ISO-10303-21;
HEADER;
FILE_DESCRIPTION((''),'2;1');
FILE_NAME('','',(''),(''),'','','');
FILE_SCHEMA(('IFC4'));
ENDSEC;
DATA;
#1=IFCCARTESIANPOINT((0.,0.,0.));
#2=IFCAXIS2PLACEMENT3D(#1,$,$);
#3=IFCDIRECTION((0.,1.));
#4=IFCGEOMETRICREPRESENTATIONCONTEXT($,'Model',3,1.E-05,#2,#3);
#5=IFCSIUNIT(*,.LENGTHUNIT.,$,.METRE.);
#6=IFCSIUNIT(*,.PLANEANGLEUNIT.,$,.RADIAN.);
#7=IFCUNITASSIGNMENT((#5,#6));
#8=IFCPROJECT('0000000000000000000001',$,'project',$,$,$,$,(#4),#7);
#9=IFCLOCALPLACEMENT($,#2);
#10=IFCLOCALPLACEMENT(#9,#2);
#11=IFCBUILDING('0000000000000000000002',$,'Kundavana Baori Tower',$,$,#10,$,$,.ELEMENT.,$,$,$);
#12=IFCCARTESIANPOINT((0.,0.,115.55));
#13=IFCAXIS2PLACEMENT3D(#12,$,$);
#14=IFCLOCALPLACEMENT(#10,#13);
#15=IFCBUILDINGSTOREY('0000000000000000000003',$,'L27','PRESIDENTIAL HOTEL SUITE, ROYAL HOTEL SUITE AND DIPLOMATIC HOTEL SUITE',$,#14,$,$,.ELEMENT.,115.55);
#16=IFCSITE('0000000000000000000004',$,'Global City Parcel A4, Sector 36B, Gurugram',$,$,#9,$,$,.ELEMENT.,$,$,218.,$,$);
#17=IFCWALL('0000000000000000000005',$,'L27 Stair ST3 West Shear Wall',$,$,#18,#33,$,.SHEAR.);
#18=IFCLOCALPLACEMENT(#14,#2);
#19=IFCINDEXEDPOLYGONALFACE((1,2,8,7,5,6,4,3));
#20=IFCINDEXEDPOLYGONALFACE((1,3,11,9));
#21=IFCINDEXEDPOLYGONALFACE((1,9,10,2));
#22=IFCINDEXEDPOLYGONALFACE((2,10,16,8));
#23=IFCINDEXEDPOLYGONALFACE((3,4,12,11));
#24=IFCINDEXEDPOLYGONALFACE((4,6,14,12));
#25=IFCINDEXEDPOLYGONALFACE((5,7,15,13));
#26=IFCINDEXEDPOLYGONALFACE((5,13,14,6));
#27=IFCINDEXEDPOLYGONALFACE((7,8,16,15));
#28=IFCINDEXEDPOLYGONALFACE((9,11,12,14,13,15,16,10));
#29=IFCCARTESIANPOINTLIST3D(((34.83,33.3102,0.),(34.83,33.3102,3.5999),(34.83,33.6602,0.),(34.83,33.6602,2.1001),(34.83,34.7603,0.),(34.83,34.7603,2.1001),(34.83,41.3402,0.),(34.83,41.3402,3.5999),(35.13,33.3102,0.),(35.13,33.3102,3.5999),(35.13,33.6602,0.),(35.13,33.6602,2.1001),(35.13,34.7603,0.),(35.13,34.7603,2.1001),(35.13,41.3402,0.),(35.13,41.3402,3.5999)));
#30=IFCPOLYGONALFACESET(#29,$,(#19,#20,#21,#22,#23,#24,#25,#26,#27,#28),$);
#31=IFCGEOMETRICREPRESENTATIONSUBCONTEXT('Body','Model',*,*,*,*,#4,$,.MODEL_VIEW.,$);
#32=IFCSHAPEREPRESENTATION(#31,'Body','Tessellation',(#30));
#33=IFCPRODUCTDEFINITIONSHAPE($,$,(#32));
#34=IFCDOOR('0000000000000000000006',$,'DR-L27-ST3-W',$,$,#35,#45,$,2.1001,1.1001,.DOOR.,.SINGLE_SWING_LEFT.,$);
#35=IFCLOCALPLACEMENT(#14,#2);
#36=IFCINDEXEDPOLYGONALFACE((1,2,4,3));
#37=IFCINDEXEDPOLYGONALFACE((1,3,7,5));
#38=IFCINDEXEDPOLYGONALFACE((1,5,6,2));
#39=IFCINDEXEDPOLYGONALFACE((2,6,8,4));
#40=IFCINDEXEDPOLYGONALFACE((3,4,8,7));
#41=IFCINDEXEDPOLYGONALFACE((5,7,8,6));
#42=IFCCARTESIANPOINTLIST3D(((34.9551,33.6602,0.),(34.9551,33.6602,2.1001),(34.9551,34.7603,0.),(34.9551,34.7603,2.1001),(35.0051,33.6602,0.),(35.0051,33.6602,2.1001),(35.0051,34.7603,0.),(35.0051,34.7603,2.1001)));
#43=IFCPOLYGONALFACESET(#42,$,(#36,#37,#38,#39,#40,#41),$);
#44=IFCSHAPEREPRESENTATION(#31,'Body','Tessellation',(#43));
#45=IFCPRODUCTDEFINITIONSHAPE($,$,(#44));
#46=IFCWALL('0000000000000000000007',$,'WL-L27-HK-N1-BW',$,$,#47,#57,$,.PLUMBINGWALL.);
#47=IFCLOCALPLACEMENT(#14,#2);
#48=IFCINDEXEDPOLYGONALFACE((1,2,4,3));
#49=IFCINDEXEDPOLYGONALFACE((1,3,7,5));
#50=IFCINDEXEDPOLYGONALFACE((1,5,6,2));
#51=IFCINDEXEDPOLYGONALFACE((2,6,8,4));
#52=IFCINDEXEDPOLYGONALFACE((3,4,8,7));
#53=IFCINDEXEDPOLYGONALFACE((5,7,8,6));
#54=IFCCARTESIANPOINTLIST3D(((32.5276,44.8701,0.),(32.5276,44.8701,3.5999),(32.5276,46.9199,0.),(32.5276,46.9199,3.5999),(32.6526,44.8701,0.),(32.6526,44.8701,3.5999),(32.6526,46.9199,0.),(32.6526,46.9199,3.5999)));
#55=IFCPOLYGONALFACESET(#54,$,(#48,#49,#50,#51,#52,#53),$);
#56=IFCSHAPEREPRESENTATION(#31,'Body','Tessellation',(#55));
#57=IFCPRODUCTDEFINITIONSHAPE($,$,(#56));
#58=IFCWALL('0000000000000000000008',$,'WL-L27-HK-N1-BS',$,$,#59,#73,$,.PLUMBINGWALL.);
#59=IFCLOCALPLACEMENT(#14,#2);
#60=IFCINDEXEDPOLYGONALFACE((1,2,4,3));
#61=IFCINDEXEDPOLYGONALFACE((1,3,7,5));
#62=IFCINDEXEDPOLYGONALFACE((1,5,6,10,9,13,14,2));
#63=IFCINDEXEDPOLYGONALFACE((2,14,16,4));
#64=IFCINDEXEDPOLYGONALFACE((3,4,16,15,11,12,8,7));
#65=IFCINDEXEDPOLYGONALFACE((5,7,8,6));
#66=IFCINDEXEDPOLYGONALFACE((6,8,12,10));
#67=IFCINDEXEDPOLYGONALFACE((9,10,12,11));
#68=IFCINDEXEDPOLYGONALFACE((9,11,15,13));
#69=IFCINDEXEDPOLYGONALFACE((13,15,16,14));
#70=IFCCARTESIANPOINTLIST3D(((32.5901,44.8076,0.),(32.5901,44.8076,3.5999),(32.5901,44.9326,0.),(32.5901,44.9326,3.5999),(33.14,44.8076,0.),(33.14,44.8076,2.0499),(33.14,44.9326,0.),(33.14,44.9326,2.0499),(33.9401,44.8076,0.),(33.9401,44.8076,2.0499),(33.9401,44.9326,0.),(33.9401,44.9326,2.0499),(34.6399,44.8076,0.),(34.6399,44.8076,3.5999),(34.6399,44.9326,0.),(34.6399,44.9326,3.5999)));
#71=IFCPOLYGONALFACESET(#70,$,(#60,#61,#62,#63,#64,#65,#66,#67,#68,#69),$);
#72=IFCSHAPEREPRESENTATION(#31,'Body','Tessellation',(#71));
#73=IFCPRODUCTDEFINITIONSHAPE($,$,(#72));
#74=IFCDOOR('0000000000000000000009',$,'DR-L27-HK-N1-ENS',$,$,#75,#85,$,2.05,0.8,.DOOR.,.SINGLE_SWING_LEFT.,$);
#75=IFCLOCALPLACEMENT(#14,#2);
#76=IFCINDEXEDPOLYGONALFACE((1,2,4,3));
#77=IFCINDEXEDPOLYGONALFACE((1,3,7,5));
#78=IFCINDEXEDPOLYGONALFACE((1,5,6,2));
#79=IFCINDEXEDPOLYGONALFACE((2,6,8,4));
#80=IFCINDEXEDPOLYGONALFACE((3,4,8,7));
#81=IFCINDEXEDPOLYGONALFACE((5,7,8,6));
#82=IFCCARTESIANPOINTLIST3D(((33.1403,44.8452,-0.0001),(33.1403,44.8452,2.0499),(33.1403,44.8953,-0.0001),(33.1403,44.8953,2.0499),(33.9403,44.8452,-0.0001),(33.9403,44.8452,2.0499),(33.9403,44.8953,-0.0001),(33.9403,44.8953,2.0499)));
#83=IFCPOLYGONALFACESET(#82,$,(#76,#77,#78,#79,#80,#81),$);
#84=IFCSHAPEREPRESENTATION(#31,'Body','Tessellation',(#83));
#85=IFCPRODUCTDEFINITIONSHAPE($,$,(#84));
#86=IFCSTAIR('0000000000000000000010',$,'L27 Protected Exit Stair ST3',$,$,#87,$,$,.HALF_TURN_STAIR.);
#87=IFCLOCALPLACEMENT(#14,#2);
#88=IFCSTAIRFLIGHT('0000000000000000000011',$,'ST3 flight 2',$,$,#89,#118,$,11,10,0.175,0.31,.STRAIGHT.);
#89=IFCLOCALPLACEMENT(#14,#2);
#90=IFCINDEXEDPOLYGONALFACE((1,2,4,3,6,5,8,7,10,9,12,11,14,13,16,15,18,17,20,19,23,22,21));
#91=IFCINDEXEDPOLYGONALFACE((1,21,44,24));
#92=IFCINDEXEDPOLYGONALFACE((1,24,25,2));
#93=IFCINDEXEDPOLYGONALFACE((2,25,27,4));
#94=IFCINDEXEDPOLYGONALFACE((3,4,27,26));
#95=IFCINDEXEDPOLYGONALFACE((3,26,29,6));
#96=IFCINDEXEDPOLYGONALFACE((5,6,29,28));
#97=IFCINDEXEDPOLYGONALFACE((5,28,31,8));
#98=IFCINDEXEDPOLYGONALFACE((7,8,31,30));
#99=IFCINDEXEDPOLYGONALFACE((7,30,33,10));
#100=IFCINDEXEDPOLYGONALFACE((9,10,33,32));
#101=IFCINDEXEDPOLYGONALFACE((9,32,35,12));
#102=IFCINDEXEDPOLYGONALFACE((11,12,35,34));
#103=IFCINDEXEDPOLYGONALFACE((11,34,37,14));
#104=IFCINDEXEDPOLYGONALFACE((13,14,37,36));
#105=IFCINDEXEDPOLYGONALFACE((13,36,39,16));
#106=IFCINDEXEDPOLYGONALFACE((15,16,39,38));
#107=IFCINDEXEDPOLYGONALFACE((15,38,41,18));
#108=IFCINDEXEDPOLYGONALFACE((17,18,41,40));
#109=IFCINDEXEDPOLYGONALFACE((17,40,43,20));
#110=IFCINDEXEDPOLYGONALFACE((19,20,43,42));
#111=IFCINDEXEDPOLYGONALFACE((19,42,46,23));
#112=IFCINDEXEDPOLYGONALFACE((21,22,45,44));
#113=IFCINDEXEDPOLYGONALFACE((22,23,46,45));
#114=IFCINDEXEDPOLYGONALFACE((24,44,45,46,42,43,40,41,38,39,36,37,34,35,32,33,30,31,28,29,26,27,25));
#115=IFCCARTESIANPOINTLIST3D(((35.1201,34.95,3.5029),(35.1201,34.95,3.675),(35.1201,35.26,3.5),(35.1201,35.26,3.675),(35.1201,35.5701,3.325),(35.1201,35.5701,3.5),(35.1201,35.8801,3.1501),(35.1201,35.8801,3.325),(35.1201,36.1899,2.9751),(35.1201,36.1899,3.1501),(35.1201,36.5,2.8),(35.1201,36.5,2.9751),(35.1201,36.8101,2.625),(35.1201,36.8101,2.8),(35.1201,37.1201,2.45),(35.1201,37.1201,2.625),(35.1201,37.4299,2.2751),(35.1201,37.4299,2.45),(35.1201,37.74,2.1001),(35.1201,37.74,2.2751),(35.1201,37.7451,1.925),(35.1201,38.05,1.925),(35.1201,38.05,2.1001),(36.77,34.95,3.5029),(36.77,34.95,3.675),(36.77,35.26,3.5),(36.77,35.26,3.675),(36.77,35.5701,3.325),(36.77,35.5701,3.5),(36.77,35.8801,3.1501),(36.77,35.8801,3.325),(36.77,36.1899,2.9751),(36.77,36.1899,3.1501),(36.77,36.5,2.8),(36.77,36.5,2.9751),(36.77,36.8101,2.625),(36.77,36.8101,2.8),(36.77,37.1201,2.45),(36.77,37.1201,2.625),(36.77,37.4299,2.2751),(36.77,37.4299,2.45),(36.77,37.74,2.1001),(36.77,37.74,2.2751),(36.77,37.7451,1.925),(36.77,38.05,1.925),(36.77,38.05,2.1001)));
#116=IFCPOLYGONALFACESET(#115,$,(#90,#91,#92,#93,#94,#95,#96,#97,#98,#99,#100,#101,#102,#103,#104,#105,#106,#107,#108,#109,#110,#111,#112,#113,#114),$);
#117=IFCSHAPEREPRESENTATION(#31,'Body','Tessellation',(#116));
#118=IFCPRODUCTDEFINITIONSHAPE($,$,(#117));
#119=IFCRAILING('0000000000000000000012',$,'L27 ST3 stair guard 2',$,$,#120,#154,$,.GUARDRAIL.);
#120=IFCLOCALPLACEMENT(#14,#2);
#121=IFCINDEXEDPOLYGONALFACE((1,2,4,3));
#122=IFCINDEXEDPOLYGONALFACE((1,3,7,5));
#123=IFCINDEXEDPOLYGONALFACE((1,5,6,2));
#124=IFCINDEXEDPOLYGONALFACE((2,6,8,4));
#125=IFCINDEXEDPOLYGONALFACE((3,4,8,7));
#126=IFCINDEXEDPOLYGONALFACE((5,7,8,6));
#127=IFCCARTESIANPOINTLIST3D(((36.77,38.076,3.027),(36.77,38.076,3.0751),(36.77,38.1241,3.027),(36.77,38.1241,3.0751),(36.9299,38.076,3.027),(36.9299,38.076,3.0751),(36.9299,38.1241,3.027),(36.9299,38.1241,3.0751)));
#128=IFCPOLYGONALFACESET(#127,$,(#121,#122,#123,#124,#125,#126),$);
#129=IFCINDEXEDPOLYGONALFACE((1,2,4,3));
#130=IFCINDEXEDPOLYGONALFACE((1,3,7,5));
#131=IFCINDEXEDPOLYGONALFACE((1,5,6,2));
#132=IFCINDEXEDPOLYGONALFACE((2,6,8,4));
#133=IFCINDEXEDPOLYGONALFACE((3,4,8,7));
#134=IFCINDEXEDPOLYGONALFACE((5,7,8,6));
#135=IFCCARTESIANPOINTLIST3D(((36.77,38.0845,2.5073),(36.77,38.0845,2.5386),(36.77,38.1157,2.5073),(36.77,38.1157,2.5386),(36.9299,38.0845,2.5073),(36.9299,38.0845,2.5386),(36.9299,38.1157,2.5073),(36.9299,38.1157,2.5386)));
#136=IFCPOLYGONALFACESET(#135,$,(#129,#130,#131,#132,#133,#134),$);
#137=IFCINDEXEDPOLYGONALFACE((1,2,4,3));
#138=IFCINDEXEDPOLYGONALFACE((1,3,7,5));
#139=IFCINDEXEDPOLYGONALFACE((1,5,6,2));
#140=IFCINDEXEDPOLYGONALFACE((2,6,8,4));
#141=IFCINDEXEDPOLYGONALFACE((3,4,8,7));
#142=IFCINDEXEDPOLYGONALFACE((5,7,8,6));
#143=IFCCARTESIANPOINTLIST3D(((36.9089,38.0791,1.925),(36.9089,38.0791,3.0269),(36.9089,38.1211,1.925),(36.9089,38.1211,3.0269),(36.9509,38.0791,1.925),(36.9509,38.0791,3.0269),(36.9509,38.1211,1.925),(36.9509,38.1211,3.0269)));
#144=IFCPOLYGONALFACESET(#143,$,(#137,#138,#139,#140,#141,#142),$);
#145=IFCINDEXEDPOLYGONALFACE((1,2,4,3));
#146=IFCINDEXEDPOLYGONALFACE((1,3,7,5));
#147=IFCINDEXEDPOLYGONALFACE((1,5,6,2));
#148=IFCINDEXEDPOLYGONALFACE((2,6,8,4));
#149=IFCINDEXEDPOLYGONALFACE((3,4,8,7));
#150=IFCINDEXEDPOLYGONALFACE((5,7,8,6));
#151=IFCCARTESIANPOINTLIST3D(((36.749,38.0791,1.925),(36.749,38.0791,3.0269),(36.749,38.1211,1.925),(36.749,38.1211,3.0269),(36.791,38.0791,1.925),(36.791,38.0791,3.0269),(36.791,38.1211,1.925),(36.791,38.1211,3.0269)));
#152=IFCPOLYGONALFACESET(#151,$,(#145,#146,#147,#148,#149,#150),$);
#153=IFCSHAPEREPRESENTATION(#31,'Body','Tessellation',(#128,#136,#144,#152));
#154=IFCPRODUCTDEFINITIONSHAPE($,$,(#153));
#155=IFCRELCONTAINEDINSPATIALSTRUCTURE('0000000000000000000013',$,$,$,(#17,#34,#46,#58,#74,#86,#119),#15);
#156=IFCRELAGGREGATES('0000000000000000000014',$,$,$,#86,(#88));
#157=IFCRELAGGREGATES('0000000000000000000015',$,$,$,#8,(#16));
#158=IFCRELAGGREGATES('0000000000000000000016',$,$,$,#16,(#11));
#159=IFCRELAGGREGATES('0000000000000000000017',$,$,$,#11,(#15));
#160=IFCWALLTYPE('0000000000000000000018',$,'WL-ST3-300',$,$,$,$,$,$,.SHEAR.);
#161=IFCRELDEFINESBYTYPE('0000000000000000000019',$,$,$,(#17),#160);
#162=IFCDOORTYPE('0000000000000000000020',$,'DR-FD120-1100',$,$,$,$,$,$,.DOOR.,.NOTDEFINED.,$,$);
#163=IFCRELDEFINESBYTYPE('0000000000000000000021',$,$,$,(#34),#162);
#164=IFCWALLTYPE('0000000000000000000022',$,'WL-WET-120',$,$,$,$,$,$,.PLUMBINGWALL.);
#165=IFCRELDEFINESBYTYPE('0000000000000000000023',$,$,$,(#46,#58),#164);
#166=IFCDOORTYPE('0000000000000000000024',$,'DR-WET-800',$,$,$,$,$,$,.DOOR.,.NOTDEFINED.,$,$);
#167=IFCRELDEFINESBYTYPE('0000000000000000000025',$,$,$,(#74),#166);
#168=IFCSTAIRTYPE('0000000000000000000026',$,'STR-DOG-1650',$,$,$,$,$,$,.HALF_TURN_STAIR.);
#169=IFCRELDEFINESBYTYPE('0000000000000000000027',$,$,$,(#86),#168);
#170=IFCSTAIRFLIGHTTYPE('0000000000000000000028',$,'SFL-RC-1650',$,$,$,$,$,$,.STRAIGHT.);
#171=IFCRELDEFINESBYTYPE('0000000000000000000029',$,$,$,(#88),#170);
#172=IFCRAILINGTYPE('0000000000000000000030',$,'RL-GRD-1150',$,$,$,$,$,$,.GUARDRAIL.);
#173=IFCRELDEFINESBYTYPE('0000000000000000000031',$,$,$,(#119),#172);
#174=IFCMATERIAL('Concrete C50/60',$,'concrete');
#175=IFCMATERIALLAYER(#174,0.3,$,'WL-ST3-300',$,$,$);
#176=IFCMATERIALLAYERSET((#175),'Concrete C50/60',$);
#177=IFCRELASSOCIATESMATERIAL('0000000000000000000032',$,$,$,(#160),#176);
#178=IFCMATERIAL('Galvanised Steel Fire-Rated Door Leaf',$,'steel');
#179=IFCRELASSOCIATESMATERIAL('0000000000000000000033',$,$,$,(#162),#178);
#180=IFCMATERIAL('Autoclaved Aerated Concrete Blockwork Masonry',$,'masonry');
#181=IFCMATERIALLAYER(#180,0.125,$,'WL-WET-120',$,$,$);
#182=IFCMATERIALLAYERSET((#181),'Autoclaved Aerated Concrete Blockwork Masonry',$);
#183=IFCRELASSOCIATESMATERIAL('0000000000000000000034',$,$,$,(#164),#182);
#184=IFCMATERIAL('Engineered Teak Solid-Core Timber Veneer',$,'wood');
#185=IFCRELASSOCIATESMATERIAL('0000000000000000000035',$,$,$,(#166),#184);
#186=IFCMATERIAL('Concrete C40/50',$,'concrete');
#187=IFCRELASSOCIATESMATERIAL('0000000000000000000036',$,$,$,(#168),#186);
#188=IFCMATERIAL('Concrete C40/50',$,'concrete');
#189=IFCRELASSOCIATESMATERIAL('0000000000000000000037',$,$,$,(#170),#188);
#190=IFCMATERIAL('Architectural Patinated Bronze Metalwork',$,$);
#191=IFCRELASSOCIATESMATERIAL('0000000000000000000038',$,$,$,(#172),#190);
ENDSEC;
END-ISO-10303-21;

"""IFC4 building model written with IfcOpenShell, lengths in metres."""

from ifc_helpers import new_model, si_unit, direction, frame, frame_2d, origin, origin_2d, place, context, subcontext, project, spatial, polyline, rectangle, outline, extrude, material, layer, layer_set, type_object, element, fill, aggregate, save


model = new_model("IFC4")

# Units and contexts
model_context = context("Model", 3, precision=1e-05, world=origin(), true_north=direction((0.0, 1.0)))
body_context = subcontext(model_context, "Body", "Model", "MODEL_VIEW")
ifc_project = project(units=[si_unit("LENGTHUNIT", "METRE"), si_unit("PLANEANGLEUNIT", "RADIAN")], contexts=[model_context])

# Site, building, storey
site_placement = place(None, origin())
site = spatial("IfcSite", under=ifc_project, at=site_placement, Name="Global City Parcel A4, Sector 36B, Gurugram", CompositionType="ELEMENT", RefElevation=218.0)
building_placement = place(site_placement, origin())
building = spatial("IfcBuilding", under=site, at=building_placement, Name="Kundavana Baori Tower", CompositionType="ELEMENT")
storey_placement = place(building_placement, frame((0.0, 0.0, 115.55)))
storey = spatial("IfcBuildingStorey", under=building, at=storey_placement, Name="L27", Description="PRESIDENTIAL HOTEL SUITE, ROYAL HOTEL SUITE AND DIPLOMATIC HOTEL SUITE", CompositionType="ELEMENT", Elevation=115.55)

# Shared definitions
ifc_material_1 = material(Name="Concrete C50/60", Category="concrete")
ifc_layer_1 = layer(ifc_material_1, 0.3, Name="WL-ST3-300")
ifc_layer_set_1 = layer_set([ifc_layer_1], Name="Concrete C50/60")
wall_type_1 = type_object("IfcWallType", Name="WL-ST3-300", PredefinedType="SHEAR", material=ifc_layer_set_1)

# Wall, opening, door
wall_1_placement = place(storey_placement, frame((34.98, 33.3101, 0.0), z_axis=(0.0, 0.0, 1.0), x_axis=(0.0, 1.0, 0.0)))
wall_1 = element("IfcWall", 1, at=wall_1_placement, inside=storey, type_object=wall_type_1, Name="L27 Stair ST3 West Shear Wall", PredefinedType="SHEAR", context=body_context, shape_type="SweptSolid", body=[
    extrude(rectangle(XDim=8.03, YDim=0.3, at=frame_2d((4.0151, 0.0))), origin(), (0.0, 0.0, 1.0), 3.5999),
])
opening_1_placement = place(wall_1_placement, frame((0.3501, 0.0, 0.0)))
opening_1 = element("IfcOpeningElement", 2, at=opening_1_placement, cuts=wall_1, PredefinedType="OPENING", context=body_context, shape_type="SweptSolid", body=[
    extrude(rectangle(XDim=1.1001, YDim=2.1001, at=frame_2d((0.55, 1.05))), frame((0.0, 0.1602, 0.0), z_axis=(0.0, -1.0, 0.0), x_axis=(1.0, 0.0, 0.0)), (0.0, 0.0, 1.0), 0.3201),
])
ifc_material_2 = material(Name="Galvanised Steel Fire-Rated Door Leaf", Category="steel")
door_type_1 = type_object("IfcDoorType", Name="DR-FD120-1100", OperationType="NOTDEFINED", PredefinedType="DOOR", material=ifc_material_2)
door_1_placement = place(opening_1_placement, origin())
door_1 = element("IfcDoor", 3, at=door_1_placement, inside=storey, type_object=door_type_1, Name="DR-L27-ST3-W", OperationType="SINGLE_SWING_LEFT", OverallHeight=2.1001, OverallWidth=1.1001, PredefinedType="DOOR", context=body_context, shape_type="SweptSolid", body=[
    extrude(rectangle(XDim=1.1001, YDim=2.1001, at=frame_2d((0.55, 1.05))), frame((0.0, 0.0249, 0.0), z_axis=(0.0, -1.0, 0.0), x_axis=(1.0, 0.0, 0.0)), (0.0, 0.0, 1.0), 0.05),
])
fill(opening_1, door_1)

# Wall
ifc_material_3 = material(Name="Autoclaved Aerated Concrete Blockwork Masonry", Category="masonry")
ifc_layer_2 = layer(ifc_material_3, 0.125, Name="WL-WET-120")
ifc_layer_set_2 = layer_set([ifc_layer_2], Name="Autoclaved Aerated Concrete Blockwork Masonry")
wall_type_2 = type_object("IfcWallType", Name="WL-WET-120", PredefinedType="PLUMBINGWALL", material=ifc_layer_set_2)
wall_2_placement = place(storey_placement, frame((32.5901, 44.8701, 0.0), z_axis=(0.0, 0.0, 1.0), x_axis=(0.0, 1.0, 0.0)))
element("IfcWall", 4, at=wall_2_placement, inside=storey, type_object=wall_type_2, Name="WL-L27-HK-N1-BW", PredefinedType="PLUMBINGWALL", context=body_context, shape_type="SweptSolid", body=[
    extrude(rectangle(XDim=2.0498, YDim=0.125, at=frame_2d((1.0249, 0.0))), origin(), (0.0, 0.0, 1.0), 3.5999),
])

# Wall, opening, door
wall_3_placement = place(storey_placement, frame((32.5901, 44.8701, 0.0), z_axis=(0.0, 0.0, 1.0), x_axis=(1.0, 0.0, 0.0)))
wall_3 = element("IfcWall", 5, at=wall_3_placement, inside=storey, type_object=wall_type_2, Name="WL-L27-HK-N1-BS", PredefinedType="PLUMBINGWALL", context=body_context, shape_type="SweptSolid", body=[
    extrude(rectangle(XDim=2.0498, YDim=0.125, at=frame_2d((1.0249, 0.0))), origin(), (0.0, 0.0, 1.0), 3.5999),
])
opening_2_placement = place(wall_3_placement, frame((0.55, 0.0, 0.0)))
opening_2 = element("IfcOpeningElement", 6, at=opening_2_placement, cuts=wall_3, PredefinedType="OPENING", context=body_context, shape_type="SweptSolid", body=[
    extrude(rectangle(XDim=0.8, YDim=2.05, at=frame_2d((0.3999, 1.0249))), frame((0.0, 0.0725, 0.0), z_axis=(0.0, -1.0, 0.0), x_axis=(1.0, 0.0, 0.0)), (0.0, 0.0, 1.0), 0.145),
])
ifc_material_4 = material(Name="Engineered Teak Solid-Core Timber Veneer", Category="wood")
door_type_2 = type_object("IfcDoorType", Name="DR-WET-800", OperationType="NOTDEFINED", PredefinedType="DOOR", material=ifc_material_4)
door_2_placement = place(opening_2_placement, frame((0.8, 0.0, 0.0), z_axis=(0.0, 0.0, 1.0), x_axis=(-1.0, 0.0, 0.0)))
door_2 = element("IfcDoor", 7, at=door_2_placement, inside=storey, type_object=door_type_2, Name="DR-L27-HK-N1-ENS", OperationType="SINGLE_SWING_LEFT", OverallHeight=2.05, OverallWidth=0.8, PredefinedType="DOOR", context=body_context, shape_type="SweptSolid", body=[
    extrude(rectangle(XDim=0.8, YDim=2.05, at=frame_2d((0.3999, 1.0249))), frame((0.0, 0.0249, 0.0), z_axis=(0.0, -1.0, 0.0), x_axis=(1.0, 0.0, 0.0)), (0.0, 0.0, 1.0), 0.05),
])
fill(opening_2, door_2)

# Stair, stair flight
ifc_material_5 = material(Name="Concrete C40/50", Category="concrete")
stair_type = type_object("IfcStairType", Name="STR-DOG-1650", PredefinedType="HALF_TURN_STAIR", material=ifc_material_5)
stair_placement = place(storey_placement, origin())
stair = element("IfcStair", 8, at=stair_placement, inside=storey, type_object=stair_type, Name="L27 Protected Exit Stair ST3", PredefinedType="HALF_TURN_STAIR")
ifc_material_6 = material(Name="Concrete C40/50", Category="concrete")
stair_flight_type = type_object("IfcStairFlightType", Name="SFL-RC-1650", PredefinedType="STRAIGHT", material=ifc_material_6)
stair_flight_placement = place(storey_placement, frame((35.9451, 38.05, 1.925), z_axis=(0.0, 0.0, 1.0), x_axis=(0.0, -1.0, 0.0)))
stair_flight = element("IfcStairFlight", 9, at=stair_flight_placement, type_object=stair_flight_type, Name="ST3 flight 2", NumberOfRisers=11, NumberOfTreads=10, PredefinedType="STRAIGHT", RiserHeight=0.175, TreadLength=0.31, context=body_context, shape_type="SweptSolid", body=[
    extrude(outline(polyline([(0.0, 0.0), (0.0, 0.175), (0.3101, 0.175), (0.3101, 0.3501), (0.6201, 0.3501), (0.6201, 0.5249), (0.9299, 0.5249), (0.9299, 0.7), (1.24, 0.7), (1.24, 0.875), (1.55, 0.875), (1.55, 1.05), (1.8601, 1.05), (1.8601, 1.2251), (2.1699, 1.2251), (2.1699, 1.3999), (2.48, 1.3999), (2.48, 1.575), (2.79, 1.575), (2.79, 1.75), (3.1001, 1.75), (3.1001, 1.925), (3.1001, 1.5779), (0.3049, 0.0), (0.0, 0.0)])), frame((0.0, 0.825, 0.0), z_axis=(0.0, -1.0, 0.0), x_axis=(1.0, 0.0, 0.0)), (0.0, 0.0, 1.0), 1.6499),
])
aggregate(stair, [stair_flight])

# Railing
ifc_material_7 = material(Name="Architectural Patinated Bronze Metalwork")
railing_type_1 = type_object("IfcRailingType", Name="RL-GRD-1150", PredefinedType="GUARDRAIL", material=ifc_material_7)
railing_1_placement = place(storey_placement, frame((36.9299, 38.1001, 1.925)))
element("IfcRailing", 10, at=railing_1_placement, inside=storey, type_object=railing_type_1, Name="L27 ST3 stair guard 2", PredefinedType="GUARDRAIL", context=body_context, shape_type="SweptSolid", body=[
    extrude(rectangle(XDim=0.0481, YDim=0.0481, at=origin_2d()), frame((0.0, 0.0, 1.126), z_axis=(-1.0, 0.0, 0.0), x_axis=(0.0, -1.0, 0.0)), (0.0, 0.0, 1.0), 0.1599),
    extrude(rectangle(XDim=0.0312, YDim=0.0312, at=origin_2d()), frame((0.0, 0.0, 0.5979), z_axis=(-1.0, 0.0, 0.0), x_axis=(0.0, -1.0, 0.0)), (0.0, 0.0, 1.0), 0.1599),
    extrude(rectangle(XDim=0.042, YDim=0.042, at=origin_2d()), origin(), (0.0, 0.0, 1.0), 1.1018),
    extrude(rectangle(XDim=0.042, YDim=0.042, at=origin_2d()), frame((-0.1599, 0.0, 0.0)), (0.0, 0.0, 1.0), 1.1018),
])

save(model, "model.ifc")
